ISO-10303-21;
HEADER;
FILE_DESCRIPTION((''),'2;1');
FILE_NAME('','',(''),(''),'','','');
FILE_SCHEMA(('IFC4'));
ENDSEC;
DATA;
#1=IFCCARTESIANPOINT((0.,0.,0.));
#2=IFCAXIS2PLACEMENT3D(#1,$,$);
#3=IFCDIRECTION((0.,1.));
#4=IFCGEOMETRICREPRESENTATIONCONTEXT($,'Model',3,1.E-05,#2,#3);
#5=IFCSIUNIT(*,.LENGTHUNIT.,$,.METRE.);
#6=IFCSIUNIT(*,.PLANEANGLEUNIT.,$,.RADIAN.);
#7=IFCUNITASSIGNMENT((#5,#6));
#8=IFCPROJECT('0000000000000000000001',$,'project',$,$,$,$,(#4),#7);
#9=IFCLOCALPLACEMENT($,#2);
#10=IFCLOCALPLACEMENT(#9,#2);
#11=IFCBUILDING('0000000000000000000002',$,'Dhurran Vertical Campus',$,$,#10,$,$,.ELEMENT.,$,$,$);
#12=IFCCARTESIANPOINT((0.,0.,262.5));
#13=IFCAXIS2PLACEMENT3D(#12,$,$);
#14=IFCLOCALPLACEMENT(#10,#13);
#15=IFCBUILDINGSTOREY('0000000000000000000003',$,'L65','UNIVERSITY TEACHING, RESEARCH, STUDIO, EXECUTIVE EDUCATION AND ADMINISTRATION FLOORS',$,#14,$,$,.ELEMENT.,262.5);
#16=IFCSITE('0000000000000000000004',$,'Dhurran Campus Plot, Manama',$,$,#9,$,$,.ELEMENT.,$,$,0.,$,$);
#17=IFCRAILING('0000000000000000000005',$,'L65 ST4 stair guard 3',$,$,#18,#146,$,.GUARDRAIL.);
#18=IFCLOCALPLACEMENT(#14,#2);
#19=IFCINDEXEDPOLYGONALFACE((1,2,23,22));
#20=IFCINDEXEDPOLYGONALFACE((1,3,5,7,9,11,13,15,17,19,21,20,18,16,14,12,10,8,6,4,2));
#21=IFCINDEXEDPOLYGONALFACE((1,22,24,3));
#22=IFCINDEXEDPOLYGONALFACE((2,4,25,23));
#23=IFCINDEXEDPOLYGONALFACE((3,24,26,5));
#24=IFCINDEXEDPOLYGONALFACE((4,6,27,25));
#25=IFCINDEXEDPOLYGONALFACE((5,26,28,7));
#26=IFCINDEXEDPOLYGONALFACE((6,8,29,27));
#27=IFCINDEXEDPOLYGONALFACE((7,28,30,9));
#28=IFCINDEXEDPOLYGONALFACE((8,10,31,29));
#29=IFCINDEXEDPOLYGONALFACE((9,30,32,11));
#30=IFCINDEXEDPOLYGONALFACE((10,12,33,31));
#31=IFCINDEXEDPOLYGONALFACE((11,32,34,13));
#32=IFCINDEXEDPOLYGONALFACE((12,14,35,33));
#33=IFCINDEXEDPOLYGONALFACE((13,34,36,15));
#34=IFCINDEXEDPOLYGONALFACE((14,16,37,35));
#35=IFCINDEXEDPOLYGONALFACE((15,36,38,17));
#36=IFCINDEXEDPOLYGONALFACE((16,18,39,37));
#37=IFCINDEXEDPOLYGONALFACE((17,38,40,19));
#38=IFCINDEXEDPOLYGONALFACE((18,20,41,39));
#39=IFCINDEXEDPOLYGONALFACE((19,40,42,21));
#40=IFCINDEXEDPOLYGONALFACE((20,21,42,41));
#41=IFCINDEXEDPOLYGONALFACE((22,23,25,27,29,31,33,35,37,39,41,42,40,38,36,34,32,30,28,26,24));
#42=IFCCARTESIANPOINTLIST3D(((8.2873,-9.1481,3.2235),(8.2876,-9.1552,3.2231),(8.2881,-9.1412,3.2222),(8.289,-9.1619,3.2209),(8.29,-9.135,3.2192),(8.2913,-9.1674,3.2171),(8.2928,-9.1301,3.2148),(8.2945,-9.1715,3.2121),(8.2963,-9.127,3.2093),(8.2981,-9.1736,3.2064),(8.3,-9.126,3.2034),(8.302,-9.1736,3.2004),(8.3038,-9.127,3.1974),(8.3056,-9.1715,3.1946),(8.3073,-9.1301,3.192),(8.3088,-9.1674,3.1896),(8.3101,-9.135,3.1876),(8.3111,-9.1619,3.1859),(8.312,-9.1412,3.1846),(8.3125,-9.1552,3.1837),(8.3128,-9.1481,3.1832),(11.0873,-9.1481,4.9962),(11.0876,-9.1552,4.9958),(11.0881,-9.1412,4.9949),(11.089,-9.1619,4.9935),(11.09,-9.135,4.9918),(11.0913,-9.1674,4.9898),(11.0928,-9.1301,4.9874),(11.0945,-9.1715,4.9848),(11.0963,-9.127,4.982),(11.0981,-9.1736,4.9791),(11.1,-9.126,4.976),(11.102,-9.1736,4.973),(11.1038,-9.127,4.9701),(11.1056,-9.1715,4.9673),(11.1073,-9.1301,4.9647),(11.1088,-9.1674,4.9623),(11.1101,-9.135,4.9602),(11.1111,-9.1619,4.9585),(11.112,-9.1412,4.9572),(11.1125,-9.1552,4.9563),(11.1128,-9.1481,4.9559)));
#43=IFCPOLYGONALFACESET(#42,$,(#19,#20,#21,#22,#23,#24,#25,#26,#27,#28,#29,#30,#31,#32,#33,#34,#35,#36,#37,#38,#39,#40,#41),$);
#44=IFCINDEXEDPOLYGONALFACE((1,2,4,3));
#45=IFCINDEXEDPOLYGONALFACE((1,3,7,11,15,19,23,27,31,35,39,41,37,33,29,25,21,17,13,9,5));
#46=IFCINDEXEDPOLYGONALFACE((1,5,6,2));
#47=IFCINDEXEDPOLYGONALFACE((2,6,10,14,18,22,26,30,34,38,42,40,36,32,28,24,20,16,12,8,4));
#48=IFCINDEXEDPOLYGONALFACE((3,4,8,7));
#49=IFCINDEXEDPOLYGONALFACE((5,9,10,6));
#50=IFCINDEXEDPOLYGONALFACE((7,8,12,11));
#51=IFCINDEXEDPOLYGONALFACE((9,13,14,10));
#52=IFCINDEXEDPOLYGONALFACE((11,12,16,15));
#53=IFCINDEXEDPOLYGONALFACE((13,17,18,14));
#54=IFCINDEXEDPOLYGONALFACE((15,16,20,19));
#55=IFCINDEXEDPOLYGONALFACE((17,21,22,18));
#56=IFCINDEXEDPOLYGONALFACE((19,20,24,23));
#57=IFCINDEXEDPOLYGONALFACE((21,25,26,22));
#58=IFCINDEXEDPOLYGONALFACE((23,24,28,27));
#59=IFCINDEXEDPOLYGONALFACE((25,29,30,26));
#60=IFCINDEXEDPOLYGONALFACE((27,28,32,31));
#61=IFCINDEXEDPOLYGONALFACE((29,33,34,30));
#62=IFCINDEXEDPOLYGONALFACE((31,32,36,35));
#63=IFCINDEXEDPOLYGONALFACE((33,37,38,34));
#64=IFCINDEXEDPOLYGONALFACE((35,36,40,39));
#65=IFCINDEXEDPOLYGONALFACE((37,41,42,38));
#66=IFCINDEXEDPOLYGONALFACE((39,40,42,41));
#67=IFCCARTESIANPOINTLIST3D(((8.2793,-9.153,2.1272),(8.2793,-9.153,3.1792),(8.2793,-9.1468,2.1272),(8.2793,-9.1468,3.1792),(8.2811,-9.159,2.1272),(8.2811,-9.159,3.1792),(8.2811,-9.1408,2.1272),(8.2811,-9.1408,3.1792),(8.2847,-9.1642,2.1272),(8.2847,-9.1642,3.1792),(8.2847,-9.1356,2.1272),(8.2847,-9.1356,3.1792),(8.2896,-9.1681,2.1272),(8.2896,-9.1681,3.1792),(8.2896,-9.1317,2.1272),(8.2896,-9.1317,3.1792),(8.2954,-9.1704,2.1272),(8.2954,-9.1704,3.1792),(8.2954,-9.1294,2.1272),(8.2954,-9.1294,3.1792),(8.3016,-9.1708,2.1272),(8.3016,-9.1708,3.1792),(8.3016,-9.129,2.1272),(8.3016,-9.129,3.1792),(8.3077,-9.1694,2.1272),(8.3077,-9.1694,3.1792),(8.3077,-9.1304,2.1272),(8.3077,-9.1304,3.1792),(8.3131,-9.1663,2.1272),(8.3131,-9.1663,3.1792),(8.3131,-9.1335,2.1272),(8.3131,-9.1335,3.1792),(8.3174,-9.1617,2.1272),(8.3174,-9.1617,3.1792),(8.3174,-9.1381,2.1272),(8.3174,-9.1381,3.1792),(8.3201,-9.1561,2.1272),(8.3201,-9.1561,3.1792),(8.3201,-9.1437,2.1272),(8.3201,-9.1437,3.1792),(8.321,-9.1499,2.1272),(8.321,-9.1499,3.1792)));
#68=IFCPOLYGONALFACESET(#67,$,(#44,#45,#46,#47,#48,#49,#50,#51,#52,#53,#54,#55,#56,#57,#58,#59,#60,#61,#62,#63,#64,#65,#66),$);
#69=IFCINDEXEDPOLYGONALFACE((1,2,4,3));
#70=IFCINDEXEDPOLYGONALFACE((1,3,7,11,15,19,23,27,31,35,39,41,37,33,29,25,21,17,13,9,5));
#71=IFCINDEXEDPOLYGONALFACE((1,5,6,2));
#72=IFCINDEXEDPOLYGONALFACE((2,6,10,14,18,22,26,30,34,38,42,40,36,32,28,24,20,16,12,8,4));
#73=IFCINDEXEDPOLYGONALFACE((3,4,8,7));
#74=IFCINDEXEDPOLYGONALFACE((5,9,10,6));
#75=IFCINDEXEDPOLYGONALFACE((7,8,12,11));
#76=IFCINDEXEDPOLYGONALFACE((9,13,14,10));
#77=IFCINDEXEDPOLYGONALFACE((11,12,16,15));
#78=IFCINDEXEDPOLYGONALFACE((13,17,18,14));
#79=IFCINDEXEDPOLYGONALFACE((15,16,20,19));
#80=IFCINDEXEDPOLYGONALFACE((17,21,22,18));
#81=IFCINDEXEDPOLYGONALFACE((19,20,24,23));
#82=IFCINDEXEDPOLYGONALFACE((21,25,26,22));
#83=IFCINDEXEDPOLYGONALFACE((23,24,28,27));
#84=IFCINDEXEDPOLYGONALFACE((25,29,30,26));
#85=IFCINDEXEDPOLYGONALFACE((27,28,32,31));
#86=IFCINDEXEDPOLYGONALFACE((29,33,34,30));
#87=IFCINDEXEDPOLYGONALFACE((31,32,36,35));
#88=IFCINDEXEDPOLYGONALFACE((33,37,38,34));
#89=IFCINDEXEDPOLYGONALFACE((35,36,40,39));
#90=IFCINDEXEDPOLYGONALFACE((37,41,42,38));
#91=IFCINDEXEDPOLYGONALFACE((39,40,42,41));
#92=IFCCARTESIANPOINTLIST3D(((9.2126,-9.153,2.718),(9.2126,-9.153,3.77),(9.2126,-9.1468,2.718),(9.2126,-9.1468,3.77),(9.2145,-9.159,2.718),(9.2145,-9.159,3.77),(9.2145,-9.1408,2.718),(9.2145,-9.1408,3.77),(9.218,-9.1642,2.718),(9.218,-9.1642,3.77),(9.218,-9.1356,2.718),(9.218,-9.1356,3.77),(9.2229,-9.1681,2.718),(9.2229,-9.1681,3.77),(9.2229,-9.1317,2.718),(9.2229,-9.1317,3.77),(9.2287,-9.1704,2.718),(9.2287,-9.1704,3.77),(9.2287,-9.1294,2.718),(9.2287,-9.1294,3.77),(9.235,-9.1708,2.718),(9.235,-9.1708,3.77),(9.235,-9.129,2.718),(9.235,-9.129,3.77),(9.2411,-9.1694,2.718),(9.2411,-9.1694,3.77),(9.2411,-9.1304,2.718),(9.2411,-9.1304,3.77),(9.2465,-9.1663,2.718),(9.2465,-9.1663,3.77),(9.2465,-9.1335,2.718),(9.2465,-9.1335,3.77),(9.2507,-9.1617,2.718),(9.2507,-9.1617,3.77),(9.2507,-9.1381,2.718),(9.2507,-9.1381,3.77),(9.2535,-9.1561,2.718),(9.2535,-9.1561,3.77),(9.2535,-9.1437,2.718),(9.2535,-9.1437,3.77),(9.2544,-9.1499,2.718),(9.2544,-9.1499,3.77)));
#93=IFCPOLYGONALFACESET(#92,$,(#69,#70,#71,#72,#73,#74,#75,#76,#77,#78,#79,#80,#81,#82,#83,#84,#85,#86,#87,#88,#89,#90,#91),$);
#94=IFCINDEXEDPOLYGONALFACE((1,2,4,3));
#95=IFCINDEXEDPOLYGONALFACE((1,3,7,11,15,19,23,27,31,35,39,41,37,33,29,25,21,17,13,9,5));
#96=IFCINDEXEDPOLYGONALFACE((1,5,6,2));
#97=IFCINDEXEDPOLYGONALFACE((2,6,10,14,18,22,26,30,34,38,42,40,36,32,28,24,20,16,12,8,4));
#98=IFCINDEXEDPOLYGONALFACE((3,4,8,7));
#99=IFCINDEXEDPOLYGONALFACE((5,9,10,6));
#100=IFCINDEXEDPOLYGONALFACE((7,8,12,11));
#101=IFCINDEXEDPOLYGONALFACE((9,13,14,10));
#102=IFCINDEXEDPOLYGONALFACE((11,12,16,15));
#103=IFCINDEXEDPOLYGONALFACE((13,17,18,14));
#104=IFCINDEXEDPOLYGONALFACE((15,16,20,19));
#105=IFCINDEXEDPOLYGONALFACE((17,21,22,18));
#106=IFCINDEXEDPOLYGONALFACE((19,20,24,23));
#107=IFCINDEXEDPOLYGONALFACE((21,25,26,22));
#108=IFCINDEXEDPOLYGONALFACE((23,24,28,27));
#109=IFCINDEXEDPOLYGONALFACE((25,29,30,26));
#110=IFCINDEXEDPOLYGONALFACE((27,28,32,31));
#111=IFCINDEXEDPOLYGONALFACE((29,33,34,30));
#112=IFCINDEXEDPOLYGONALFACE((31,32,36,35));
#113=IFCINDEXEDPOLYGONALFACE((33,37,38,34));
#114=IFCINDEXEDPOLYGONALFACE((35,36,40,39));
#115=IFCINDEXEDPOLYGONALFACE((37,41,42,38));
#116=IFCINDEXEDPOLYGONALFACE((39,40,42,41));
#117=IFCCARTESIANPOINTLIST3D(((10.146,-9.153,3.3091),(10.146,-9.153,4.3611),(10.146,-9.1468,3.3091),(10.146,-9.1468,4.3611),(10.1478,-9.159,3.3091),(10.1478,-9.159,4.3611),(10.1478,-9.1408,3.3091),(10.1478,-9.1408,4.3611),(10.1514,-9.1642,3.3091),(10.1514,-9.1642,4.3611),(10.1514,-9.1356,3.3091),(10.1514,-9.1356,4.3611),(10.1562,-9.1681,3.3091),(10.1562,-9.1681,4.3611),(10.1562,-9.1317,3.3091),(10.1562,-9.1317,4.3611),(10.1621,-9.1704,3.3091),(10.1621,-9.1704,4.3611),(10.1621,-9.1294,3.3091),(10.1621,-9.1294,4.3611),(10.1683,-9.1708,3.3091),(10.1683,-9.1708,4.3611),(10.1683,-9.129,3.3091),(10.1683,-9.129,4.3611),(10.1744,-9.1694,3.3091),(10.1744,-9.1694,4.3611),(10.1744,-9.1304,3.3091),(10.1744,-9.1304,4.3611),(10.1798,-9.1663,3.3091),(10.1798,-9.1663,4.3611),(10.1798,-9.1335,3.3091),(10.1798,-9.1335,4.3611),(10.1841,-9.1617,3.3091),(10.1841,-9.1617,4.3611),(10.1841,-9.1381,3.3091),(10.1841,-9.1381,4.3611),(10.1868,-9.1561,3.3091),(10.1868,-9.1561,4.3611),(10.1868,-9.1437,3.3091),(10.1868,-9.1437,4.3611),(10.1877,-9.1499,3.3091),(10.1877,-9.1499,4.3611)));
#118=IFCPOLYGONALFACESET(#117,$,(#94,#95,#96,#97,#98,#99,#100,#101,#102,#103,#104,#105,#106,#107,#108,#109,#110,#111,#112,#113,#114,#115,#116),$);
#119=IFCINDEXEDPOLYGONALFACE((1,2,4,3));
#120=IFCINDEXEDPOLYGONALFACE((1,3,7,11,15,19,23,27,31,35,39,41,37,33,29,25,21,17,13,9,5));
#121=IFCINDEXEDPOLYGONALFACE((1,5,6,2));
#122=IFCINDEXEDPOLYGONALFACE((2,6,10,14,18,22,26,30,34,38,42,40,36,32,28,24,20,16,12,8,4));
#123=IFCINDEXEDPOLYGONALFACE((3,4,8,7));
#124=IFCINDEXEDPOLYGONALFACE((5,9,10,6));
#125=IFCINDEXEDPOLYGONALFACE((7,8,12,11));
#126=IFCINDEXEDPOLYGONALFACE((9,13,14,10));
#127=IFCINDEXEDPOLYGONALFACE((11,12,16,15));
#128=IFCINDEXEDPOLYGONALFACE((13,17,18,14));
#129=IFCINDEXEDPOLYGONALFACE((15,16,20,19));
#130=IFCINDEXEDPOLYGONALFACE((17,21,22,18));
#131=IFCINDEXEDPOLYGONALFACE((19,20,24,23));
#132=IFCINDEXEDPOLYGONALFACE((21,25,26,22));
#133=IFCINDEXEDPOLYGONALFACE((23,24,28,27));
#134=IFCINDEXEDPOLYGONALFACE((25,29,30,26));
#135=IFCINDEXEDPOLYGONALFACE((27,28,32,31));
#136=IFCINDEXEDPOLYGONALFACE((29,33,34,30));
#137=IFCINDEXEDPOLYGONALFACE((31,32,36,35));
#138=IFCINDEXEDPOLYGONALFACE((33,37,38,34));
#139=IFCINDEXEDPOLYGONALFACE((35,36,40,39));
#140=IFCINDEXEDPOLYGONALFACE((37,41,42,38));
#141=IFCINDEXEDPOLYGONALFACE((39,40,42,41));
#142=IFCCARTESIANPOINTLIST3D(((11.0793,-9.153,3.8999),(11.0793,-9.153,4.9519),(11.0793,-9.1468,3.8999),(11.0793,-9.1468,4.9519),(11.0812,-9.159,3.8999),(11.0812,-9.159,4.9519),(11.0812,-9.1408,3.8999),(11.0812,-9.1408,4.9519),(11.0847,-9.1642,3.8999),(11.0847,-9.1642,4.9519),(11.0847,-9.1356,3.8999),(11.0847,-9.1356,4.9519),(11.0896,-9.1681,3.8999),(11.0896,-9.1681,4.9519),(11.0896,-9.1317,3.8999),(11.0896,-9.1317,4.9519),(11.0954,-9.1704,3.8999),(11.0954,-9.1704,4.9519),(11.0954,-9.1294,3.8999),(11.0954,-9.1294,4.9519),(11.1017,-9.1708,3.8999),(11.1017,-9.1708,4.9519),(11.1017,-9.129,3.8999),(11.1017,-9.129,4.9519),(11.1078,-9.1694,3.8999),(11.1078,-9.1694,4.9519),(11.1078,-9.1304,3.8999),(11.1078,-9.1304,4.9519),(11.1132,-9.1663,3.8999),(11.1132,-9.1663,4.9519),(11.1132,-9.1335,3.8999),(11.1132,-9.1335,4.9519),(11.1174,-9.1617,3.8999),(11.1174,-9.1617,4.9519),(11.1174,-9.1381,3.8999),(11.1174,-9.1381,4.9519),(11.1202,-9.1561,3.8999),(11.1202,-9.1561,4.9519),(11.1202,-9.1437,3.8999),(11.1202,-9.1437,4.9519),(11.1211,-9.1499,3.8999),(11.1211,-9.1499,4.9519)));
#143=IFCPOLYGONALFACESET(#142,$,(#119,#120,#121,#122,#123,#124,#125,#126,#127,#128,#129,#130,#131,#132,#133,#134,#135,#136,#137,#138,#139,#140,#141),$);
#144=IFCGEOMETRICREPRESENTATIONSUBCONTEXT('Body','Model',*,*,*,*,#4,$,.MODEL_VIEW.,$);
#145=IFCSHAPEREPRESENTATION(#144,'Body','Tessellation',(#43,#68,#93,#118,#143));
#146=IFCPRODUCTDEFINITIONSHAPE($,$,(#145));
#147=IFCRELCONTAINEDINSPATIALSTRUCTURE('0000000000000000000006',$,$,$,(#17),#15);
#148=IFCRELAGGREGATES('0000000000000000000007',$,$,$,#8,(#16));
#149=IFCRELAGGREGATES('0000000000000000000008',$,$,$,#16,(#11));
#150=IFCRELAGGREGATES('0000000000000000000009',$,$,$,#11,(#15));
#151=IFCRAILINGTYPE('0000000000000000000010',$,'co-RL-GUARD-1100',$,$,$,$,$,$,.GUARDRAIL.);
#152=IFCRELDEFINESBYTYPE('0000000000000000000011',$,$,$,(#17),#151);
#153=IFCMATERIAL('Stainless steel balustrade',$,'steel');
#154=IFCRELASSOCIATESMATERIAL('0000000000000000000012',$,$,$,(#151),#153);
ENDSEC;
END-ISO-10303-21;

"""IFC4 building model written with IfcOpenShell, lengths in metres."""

from ifc_helpers import new_model, si_unit, direction, frame, origin, origin_2d, place, context, subcontext, project, spatial, circle, extrude, material, type_object, element, save


model = new_model("IFC4")

# Units and contexts
model_context = context("Model", 3, precision=1e-05, world=origin(), true_north=direction((0.0, 1.0)))
body_context = subcontext(model_context, "Body", "Model", "MODEL_VIEW")
ifc_project = project(units=[si_unit("LENGTHUNIT", "METRE"), si_unit("PLANEANGLEUNIT", "RADIAN")], contexts=[model_context])

# Site, building, storey
site_placement = place(None, origin())
site = spatial("IfcSite", under=ifc_project, at=site_placement, Name="Dhurran Campus Plot, Manama", CompositionType="ELEMENT", RefElevation=0.0)
building_placement = place(site_placement, origin())
building = spatial("IfcBuilding", under=site, at=building_placement, Name="Dhurran Vertical Campus", CompositionType="ELEMENT")
storey_placement = place(building_placement, frame((0.0, 0.0, 262.5)))
storey = spatial("IfcBuildingStorey", under=building, at=storey_placement, Name="L65", Description="UNIVERSITY TEACHING, RESEARCH, STUDIO, EXECUTIVE EDUCATION AND ADMINISTRATION FLOORS", CompositionType="ELEMENT", Elevation=262.5)

# Railing
ifc_material_1 = material(Name="Stainless steel balustrade", Category="steel")
railing_type_1 = type_object("IfcRailingType", Name="co-RL-GUARD-1100", PredefinedType="GUARDRAIL", material=ifc_material_1)
railing_1_placement = place(storey_placement, frame((8.3, -9.1499, 2.1272)))
element("IfcRailing", 1, at=railing_1_placement, inside=storey, type_object=railing_type_1, Name="L65 ST4 stair guard 3", PredefinedType="GUARDRAIL", context=body_context, shape_type="SweptSolid", body=[
    extrude(circle(Radius=0.0239, at=origin_2d()), frame((0.0, 0.0, 1.0762), z_axis=(0.844909, 0.0, 0.53491), x_axis=(0.0, 1.0, 0.0)), (0.0, 0.0, 1.0), 3.314),
    extrude(circle(Radius=0.021, at=origin_2d()), origin(), (0.0, 0.0, 1.0), 1.052),
    extrude(circle(Radius=0.021, at=origin_2d()), frame((0.9333, 0.0, 0.5908)), (0.0, 0.0, 1.0), 1.052),
    extrude(circle(Radius=0.021, at=origin_2d()), frame((1.8667, 0.0, 1.1819)), (0.0, 0.0, 1.0), 1.052),
    extrude(circle(Radius=0.021, at=origin_2d()), frame((2.8, 0.0, 1.7727)), (0.0, 0.0, 1.0), 1.052),
])

save(model, "model.ifc")
